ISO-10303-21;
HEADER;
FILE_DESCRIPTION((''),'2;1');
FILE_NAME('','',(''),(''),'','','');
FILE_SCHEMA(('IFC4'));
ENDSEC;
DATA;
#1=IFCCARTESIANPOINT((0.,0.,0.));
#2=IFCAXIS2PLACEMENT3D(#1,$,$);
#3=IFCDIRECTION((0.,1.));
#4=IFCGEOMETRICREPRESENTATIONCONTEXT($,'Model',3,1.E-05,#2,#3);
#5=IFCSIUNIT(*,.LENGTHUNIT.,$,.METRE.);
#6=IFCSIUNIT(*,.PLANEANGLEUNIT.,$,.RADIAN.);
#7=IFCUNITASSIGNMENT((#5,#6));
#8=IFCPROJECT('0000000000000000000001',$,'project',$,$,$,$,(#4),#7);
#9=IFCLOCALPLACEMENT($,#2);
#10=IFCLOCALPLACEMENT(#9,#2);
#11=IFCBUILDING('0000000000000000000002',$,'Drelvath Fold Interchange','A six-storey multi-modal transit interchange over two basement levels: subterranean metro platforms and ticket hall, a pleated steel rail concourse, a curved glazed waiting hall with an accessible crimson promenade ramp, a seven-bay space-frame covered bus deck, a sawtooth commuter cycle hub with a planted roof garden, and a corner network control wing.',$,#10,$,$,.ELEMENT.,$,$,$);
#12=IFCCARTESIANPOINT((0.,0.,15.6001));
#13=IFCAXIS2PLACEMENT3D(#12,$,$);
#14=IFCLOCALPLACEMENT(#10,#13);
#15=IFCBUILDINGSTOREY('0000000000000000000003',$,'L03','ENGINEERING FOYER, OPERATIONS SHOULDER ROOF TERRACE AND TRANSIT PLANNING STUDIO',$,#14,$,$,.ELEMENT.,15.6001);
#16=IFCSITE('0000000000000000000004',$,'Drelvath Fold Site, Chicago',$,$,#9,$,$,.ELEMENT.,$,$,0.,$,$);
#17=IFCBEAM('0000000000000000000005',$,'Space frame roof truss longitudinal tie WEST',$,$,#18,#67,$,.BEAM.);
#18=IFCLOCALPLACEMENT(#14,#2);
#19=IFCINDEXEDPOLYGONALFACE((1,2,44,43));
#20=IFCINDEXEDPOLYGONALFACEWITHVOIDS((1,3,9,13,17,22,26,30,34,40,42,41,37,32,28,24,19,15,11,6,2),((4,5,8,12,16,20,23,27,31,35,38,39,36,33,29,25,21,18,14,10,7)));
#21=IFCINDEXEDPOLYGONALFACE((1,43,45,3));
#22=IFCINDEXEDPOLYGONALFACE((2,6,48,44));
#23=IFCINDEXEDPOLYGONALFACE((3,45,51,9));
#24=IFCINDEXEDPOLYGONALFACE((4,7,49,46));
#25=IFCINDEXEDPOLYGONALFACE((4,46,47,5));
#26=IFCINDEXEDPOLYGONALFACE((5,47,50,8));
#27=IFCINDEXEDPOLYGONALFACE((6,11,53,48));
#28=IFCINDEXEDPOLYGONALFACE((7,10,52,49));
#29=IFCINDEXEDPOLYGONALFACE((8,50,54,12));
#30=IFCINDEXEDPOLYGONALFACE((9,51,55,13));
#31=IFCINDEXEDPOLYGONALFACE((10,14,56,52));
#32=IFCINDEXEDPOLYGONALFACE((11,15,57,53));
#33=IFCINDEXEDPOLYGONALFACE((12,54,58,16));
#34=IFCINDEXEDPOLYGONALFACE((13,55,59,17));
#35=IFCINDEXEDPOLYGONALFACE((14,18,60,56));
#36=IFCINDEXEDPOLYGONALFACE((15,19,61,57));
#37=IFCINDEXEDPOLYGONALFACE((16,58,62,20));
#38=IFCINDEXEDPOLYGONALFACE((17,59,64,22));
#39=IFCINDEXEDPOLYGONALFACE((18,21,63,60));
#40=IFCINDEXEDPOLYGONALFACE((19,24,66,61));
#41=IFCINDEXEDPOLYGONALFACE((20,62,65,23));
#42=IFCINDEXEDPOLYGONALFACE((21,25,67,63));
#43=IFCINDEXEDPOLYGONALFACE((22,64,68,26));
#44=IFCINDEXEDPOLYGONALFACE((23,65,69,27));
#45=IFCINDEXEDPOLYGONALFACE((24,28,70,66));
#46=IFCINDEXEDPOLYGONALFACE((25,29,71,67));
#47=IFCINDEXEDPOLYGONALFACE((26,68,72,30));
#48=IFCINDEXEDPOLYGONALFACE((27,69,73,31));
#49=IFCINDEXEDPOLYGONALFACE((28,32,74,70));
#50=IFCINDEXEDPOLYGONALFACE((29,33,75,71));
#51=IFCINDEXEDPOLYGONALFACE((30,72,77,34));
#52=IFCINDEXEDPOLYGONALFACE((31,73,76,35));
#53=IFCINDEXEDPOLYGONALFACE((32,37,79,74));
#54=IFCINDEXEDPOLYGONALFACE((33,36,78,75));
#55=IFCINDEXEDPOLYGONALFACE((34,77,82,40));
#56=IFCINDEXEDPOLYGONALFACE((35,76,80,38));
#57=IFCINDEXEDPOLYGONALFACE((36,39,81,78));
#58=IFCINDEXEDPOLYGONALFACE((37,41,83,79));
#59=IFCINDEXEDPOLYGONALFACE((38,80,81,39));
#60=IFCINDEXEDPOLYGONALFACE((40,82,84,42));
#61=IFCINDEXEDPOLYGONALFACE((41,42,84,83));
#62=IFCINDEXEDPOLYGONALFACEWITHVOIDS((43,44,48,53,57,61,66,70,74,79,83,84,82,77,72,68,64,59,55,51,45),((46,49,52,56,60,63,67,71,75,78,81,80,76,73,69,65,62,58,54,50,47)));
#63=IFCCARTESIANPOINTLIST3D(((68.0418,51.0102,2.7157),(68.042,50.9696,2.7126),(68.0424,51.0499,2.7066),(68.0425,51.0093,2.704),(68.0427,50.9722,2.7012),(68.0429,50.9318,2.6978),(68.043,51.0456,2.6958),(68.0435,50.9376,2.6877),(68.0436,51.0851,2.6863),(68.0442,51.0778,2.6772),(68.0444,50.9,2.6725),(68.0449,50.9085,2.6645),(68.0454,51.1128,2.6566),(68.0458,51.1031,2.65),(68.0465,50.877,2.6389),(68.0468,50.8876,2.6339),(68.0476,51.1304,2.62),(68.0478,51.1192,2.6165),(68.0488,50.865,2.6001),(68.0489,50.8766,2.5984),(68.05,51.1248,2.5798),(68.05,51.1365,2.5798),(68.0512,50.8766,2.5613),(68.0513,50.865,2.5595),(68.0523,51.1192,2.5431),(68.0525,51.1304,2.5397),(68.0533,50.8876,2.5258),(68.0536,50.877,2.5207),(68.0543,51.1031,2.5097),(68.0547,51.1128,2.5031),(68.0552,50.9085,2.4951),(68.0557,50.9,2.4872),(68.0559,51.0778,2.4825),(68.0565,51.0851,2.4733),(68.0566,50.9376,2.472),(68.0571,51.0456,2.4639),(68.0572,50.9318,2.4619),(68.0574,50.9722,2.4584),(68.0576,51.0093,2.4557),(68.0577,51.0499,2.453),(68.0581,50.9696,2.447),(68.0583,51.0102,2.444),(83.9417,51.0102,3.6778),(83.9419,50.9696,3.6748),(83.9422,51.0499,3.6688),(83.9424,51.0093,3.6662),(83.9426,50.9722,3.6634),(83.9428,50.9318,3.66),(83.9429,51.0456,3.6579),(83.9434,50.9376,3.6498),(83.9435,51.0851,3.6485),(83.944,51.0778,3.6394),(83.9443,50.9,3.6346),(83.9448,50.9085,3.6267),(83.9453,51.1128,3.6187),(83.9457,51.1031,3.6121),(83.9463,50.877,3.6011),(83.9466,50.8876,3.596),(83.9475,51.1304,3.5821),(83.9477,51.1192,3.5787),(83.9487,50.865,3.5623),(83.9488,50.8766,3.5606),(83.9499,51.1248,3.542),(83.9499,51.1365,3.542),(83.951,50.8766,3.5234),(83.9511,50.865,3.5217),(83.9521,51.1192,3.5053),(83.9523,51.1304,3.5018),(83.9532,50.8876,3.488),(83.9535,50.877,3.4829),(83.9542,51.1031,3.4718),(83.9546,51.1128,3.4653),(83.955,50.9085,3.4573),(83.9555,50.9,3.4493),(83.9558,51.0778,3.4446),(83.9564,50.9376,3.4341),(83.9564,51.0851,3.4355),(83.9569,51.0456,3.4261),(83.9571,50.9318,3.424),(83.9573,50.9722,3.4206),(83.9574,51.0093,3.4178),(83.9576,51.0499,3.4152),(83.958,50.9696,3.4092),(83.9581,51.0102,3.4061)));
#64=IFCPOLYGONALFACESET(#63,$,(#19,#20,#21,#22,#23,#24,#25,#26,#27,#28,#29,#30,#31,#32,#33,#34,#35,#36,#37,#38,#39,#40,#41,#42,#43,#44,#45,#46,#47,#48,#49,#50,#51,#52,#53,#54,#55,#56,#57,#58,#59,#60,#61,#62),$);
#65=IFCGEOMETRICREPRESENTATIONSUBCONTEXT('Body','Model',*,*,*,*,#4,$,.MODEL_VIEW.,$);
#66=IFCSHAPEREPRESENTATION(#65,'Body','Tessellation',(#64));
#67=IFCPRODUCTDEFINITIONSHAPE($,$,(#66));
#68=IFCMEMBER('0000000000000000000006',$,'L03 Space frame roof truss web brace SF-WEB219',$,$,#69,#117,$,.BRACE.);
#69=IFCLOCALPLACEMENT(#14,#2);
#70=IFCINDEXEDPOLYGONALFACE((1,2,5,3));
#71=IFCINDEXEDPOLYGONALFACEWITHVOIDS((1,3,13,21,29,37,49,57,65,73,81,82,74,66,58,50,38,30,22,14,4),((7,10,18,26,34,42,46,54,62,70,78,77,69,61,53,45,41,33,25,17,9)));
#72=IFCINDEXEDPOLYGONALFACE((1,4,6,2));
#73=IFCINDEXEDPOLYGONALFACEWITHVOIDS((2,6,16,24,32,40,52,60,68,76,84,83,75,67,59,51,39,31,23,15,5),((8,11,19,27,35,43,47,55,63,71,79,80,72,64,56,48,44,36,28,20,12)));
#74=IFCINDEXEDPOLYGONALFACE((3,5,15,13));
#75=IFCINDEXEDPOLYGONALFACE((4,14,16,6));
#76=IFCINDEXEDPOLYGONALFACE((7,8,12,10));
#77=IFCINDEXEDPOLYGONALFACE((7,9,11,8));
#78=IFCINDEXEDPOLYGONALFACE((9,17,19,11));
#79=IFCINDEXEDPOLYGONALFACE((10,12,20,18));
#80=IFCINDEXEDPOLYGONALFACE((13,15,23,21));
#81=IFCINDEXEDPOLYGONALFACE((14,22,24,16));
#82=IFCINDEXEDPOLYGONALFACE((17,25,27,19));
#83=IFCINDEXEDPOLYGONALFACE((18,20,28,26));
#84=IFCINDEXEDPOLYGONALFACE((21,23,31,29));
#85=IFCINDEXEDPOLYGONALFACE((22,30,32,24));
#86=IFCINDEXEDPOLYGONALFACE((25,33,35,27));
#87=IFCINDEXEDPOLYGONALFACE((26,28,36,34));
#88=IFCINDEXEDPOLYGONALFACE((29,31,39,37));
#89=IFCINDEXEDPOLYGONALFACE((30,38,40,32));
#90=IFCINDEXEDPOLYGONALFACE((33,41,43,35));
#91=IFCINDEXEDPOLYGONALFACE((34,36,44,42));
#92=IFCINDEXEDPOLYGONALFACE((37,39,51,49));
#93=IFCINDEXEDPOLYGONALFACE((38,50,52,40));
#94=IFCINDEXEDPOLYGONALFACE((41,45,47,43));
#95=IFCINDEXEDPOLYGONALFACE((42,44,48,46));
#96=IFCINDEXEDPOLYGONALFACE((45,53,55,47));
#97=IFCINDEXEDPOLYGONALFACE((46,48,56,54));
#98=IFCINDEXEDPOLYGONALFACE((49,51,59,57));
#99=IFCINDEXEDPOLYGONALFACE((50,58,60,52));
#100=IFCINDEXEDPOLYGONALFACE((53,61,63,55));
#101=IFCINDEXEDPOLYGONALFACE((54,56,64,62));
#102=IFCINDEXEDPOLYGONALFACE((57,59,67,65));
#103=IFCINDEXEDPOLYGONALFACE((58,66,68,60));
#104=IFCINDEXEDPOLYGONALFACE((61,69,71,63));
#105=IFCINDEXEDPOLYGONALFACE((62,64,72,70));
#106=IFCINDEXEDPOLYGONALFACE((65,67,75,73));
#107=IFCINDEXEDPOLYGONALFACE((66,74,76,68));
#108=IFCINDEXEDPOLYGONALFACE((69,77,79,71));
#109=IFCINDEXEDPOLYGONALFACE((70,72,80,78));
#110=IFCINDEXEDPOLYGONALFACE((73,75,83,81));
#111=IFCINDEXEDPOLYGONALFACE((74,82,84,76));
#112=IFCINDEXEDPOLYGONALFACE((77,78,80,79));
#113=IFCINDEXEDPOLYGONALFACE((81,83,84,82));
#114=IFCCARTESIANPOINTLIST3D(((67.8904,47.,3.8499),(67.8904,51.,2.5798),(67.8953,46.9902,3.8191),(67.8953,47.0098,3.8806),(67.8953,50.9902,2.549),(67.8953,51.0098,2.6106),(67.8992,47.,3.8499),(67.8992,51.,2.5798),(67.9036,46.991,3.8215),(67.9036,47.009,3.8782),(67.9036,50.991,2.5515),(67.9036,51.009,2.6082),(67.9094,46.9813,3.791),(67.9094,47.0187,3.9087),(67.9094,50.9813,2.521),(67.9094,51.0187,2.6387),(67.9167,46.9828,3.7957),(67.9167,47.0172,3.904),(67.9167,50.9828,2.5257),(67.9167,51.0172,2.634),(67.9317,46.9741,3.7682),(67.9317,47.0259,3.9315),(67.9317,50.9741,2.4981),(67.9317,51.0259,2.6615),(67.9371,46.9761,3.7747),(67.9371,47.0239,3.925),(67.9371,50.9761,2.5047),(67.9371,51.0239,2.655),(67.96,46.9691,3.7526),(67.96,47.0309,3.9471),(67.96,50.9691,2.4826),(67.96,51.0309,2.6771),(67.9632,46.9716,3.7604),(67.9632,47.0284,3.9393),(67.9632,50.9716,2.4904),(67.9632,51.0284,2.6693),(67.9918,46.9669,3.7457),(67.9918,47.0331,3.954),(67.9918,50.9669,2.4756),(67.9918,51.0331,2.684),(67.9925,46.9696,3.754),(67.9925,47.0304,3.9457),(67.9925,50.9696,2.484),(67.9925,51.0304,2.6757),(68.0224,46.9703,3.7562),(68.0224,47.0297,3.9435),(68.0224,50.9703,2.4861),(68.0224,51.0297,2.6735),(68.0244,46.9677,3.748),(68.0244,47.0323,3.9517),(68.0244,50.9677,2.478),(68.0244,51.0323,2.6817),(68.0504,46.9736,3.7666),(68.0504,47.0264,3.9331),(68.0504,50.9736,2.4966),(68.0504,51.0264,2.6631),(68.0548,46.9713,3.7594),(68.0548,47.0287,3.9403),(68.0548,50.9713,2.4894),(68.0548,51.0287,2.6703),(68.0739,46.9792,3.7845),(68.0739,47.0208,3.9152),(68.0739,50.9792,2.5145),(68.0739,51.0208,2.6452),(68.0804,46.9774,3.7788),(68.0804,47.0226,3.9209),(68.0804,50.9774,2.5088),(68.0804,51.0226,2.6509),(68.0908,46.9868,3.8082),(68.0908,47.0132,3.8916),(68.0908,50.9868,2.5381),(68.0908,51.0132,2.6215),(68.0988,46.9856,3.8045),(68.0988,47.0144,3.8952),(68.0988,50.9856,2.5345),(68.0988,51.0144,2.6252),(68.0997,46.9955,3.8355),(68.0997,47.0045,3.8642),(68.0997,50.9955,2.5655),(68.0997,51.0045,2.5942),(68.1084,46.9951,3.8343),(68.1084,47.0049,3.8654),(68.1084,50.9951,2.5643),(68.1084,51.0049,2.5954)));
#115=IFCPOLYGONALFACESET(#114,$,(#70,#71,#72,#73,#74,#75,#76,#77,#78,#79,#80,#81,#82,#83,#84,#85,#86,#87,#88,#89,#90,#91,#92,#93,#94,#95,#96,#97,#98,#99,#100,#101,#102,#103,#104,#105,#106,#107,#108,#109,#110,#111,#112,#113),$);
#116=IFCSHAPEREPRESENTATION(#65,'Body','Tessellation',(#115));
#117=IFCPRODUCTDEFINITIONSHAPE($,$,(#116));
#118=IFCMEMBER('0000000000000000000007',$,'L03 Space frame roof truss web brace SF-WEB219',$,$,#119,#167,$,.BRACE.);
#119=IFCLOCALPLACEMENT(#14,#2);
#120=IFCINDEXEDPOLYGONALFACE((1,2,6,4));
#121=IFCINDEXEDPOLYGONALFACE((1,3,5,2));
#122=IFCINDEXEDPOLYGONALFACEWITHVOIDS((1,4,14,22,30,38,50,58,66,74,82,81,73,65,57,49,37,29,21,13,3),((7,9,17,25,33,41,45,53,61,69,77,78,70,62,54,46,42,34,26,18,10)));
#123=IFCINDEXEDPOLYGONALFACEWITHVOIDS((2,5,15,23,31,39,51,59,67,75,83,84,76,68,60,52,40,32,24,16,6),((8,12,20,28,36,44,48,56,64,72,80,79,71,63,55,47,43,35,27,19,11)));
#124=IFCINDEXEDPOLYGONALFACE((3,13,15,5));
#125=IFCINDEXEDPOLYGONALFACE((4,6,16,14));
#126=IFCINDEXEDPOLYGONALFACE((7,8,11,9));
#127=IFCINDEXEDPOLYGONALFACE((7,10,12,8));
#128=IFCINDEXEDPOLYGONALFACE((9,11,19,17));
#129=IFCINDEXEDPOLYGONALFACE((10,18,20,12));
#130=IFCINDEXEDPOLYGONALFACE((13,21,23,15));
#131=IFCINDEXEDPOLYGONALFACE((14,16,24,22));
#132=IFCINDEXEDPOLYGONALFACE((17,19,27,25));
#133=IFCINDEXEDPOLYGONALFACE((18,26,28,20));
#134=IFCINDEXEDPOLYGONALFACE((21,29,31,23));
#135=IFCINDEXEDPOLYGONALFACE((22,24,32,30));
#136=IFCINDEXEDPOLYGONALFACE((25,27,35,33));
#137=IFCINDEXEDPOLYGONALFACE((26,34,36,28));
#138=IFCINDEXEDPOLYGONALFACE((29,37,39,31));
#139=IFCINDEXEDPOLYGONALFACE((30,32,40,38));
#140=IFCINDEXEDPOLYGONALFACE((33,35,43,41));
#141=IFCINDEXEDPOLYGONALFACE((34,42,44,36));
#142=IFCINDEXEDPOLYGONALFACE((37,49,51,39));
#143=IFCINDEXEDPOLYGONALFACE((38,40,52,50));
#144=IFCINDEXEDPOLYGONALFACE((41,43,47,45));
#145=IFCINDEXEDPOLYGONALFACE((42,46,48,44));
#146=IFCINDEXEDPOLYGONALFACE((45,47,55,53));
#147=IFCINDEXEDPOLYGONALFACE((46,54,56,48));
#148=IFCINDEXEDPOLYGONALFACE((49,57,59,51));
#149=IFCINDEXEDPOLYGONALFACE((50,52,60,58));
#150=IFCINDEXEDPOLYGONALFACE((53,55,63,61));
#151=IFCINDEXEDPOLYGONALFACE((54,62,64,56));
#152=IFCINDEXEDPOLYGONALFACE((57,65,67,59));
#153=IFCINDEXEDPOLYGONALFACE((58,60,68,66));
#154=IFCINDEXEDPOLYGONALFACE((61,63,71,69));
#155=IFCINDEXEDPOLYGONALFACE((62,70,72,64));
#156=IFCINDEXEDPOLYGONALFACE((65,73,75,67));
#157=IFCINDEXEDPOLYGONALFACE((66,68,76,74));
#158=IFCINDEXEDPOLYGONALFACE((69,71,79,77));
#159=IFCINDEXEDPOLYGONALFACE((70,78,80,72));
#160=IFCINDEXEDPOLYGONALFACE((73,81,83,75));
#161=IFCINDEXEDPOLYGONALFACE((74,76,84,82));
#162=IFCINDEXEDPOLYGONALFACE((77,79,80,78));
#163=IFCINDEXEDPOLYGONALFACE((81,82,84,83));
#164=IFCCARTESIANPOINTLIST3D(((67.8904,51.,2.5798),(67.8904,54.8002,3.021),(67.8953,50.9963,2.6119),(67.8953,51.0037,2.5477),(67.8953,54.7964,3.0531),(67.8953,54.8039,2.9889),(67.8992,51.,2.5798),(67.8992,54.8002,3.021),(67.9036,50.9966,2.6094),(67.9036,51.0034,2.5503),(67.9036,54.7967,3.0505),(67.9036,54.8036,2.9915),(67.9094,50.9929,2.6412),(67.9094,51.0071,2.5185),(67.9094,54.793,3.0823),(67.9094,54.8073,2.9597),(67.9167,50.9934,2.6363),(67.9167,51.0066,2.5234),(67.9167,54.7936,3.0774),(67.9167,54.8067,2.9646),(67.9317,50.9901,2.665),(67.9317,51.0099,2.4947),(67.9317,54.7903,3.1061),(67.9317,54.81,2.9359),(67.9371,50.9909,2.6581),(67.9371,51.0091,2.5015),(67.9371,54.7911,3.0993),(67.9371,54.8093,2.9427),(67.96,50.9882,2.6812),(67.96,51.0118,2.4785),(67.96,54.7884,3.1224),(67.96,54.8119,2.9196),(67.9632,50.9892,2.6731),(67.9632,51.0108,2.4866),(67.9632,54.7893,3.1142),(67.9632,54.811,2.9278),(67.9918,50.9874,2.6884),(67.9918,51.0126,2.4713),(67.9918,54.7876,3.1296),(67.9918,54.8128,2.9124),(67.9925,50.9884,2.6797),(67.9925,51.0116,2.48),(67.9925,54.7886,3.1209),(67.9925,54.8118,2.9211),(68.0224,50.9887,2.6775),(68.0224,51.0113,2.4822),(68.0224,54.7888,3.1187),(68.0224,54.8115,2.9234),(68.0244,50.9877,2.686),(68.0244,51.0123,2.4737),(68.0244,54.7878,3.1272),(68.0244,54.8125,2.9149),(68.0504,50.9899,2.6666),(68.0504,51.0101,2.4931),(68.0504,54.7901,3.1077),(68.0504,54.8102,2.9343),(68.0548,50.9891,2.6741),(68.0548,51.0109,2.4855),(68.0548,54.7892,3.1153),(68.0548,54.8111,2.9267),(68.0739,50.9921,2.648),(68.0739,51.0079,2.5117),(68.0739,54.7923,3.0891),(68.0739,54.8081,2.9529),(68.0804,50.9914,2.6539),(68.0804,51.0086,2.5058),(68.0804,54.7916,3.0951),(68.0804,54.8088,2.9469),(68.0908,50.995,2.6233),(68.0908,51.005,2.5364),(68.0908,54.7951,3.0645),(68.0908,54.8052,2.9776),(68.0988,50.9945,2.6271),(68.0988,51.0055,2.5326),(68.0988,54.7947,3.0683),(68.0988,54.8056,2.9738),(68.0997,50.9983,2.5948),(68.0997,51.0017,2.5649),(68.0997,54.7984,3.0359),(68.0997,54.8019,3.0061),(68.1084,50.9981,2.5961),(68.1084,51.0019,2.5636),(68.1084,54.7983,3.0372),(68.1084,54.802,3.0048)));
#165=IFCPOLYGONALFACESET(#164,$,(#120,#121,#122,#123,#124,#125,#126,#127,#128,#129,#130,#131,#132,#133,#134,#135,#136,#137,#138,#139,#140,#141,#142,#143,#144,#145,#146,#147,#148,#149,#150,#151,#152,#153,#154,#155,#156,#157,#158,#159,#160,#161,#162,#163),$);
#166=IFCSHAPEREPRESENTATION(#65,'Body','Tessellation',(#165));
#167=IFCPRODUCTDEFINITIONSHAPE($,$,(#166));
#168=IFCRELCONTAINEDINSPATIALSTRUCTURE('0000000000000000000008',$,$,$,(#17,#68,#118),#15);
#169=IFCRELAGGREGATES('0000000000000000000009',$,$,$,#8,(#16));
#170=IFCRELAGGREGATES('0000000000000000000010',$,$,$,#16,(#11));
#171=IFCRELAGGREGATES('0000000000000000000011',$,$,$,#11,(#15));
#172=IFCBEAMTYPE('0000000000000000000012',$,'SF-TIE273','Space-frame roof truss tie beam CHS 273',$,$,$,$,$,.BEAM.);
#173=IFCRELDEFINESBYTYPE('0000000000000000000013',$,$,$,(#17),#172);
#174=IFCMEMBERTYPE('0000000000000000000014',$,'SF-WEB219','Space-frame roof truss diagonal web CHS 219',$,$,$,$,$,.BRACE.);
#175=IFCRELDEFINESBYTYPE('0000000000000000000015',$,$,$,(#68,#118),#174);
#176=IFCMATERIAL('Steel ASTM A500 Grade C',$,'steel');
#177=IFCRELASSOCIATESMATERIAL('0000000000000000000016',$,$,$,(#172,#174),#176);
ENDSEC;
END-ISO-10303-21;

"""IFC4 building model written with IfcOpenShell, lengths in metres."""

from ifc_helpers import new_model, si_unit, direction, frame, origin, origin_2d, place, context, subcontext, project, spatial, hollow_circle, extrude, material, material_profile, profile_set, type_object, element, save


model = new_model("IFC4")

# Units and contexts
model_context = context("Model", 3, precision=1e-05, world=origin(), true_north=direction((0.0, 1.0)))
body_context = subcontext(model_context, "Body", "Model", "MODEL_VIEW")
ifc_project = project(units=[si_unit("LENGTHUNIT", "METRE"), si_unit("PLANEANGLEUNIT", "RADIAN")], contexts=[model_context])

# Site, building, storey
site_placement = place(None, origin())
site = spatial("IfcSite", under=ifc_project, at=site_placement, Name="Drelvath Fold Site, Chicago", CompositionType="ELEMENT", RefElevation=0.0)
building_placement = place(site_placement, origin())
building = spatial("IfcBuilding", under=site, at=building_placement, Name="Drelvath Fold Interchange", Description="A six-storey multi-modal transit interchange over two basement levels: subterranean metro platforms and ticket hall, a pleated steel rail concourse, a curved glazed waiting hall with an accessible crimson promenade ramp, a seven-bay space-frame covered bus deck, a sawtooth commuter cycle hub with a planted roof garden, and a corner network control wing.", CompositionType="ELEMENT")
storey_placement = place(building_placement, frame((0.0, 0.0, 15.6001)))
storey = spatial("IfcBuildingStorey", under=building, at=storey_placement, Name="L03", Description="ENGINEERING FOYER, OPERATIONS SHOULDER ROOF TERRACE AND TRANSIT PLANNING STUDIO", CompositionType="ELEMENT", Elevation=15.6001)

# Shared definitions
ifc_material_1 = material(Name="Steel ASTM A500 Grade C", Category="steel")

# Beam
ifc_material_profile_1 = material_profile(ifc_material_1, hollow_circle(Radius=0.1365, WallThickness=0.0117, at=origin_2d()), Name="HSS10.750X0.500")
ifc_profile_set_1 = profile_set([ifc_material_profile_1], Name="Steel ASTM A500 Grade C")
beam_type_1 = type_object("IfcBeamType", Name="SF-TIE273", Description="Space-frame roof truss tie beam CHS 273", PredefinedType="BEAM", material=ifc_profile_set_1)
for number, where, z_axis, x_axis, name in (
    (1, (68.05, 51.0, 2.5798), (0.998174, 0.0, 0.060403), (0.0, 1.0, 0.0), "Space frame roof truss longitudinal tie WEST"),
):
    element("IfcBeam", number, at=place(storey_placement, frame(where, z_axis=z_axis, x_axis=x_axis)), inside=storey, type_object=beam_type_1, Name=name, PredefinedType="BEAM", context=body_context, shape_type="SweptSolid", body=[
        extrude(hollow_circle(Radius=0.1365, WallThickness=0.0117, at=origin_2d()), origin(), (0.0, 0.0, 1.0), 15.929),
    ])

# Members
ifc_material_profile_2 = material_profile(ifc_material_1, hollow_circle(Radius=0.1096, WallThickness=0.0088, at=origin_2d()), Name="HSS8.625X0.375")
ifc_profile_set_2 = profile_set([ifc_material_profile_2], Name="Steel ASTM A500 Grade C")
member_type_1 = type_object("IfcMemberType", Name="SF-WEB219", Description="Space-frame roof truss diagonal web CHS 219", PredefinedType="BRACE", material=ifc_profile_set_2)
member_1_placement = place(storey_placement, frame((68.0, 47.0, 3.8499), z_axis=(0.0, 0.953112, -0.302618), x_axis=(-1.0, 0.0, 0.0)))
element("IfcMember", 2, at=member_1_placement, inside=storey, type_object=member_type_1, Name="L03 Space frame roof truss web brace SF-WEB219", PredefinedType="BRACE", context=body_context, shape_type="SweptSolid", body=[
    extrude(hollow_circle(Radius=0.1096, WallThickness=0.0088, at=origin_2d()), origin(), (0.0, 0.0, 1.0), 4.1968),
])
member_2_placement = place(storey_placement, frame((68.0, 51.0, 2.5798), z_axis=(0.0, 0.993328, 0.115319), x_axis=(-1.0, 0.0, 0.0)))
element("IfcMember", 3, at=member_2_placement, inside=storey, type_object=member_type_1, Name="L03 Space frame roof truss web brace SF-WEB219", PredefinedType="BRACE", context=body_context, shape_type="SweptSolid", body=[
    extrude(hollow_circle(Radius=0.1096, WallThickness=0.0088, at=origin_2d()), origin(), (0.0, 0.0, 1.0), 3.8257),
])

save(model, "model.ifc")
